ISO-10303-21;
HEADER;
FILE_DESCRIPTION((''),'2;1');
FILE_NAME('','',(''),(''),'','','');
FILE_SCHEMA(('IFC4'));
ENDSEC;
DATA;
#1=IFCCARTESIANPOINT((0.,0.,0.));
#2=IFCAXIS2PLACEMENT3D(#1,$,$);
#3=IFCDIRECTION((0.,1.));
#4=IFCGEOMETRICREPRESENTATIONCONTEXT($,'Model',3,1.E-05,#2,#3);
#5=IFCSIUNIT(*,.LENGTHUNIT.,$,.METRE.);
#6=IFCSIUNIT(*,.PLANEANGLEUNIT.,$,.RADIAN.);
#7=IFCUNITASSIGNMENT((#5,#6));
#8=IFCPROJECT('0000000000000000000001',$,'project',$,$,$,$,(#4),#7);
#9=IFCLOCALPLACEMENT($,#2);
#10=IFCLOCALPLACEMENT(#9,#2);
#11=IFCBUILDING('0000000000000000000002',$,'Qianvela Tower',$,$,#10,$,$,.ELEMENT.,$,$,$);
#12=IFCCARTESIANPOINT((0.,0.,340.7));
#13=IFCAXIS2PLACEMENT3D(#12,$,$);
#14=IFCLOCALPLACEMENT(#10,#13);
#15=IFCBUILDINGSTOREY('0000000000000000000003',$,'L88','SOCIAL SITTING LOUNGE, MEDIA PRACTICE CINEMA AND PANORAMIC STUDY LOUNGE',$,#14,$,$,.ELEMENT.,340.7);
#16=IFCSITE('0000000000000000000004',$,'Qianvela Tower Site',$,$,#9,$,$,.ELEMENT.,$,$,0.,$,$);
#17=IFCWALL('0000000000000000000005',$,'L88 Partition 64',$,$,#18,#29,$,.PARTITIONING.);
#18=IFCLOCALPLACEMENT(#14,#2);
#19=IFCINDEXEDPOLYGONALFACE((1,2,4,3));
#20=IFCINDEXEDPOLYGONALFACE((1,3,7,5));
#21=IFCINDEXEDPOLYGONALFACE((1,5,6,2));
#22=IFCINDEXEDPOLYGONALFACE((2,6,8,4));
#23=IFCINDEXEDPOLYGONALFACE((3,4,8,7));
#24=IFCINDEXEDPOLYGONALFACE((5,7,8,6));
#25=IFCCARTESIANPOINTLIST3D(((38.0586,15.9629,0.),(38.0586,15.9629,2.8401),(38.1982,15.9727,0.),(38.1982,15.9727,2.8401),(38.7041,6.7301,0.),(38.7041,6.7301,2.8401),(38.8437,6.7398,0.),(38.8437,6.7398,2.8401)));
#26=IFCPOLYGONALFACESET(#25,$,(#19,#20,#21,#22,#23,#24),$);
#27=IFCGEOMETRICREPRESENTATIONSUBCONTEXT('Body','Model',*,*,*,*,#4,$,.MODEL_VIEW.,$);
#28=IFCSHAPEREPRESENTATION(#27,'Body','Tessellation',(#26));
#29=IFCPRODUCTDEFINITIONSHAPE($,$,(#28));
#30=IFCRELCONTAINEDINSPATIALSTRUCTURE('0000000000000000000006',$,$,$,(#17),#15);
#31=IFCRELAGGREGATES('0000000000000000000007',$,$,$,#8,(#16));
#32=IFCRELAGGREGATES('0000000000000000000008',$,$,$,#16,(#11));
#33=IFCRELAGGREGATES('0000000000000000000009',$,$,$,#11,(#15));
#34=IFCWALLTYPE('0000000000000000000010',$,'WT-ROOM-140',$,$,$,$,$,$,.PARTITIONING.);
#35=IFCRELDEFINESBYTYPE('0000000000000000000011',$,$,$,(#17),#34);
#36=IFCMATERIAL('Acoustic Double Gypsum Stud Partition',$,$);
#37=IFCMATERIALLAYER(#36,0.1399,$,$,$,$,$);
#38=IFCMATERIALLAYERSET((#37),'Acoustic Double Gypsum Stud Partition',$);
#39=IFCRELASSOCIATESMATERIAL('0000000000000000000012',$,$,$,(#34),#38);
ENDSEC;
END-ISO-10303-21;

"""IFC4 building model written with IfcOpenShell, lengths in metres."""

from ifc_helpers import new_model, si_unit, direction, frame, frame_2d, origin, place, context, subcontext, project, spatial, rectangle, extrude, material, layer, layer_set, type_object, element, save


model = new_model("IFC4")

# Units and contexts
model_context = context("Model", 3, precision=1e-05, world=origin(), true_north=direction((0.0, 1.0)))
body_context = subcontext(model_context, "Body", "Model", "MODEL_VIEW")
ifc_project = project(units=[si_unit("LENGTHUNIT", "METRE"), si_unit("PLANEANGLEUNIT", "RADIAN")], contexts=[model_context])

# Site, building, storey
site_placement = place(None, origin())
site = spatial("IfcSite", under=ifc_project, at=site_placement, Name="Qianvela Tower Site", CompositionType="ELEMENT", RefElevation=0.0)
building_placement = place(site_placement, origin())
building = spatial("IfcBuilding", under=site, at=building_placement, Name="Qianvela Tower", CompositionType="ELEMENT")
storey_placement = place(building_placement, frame((0.0, 0.0, 340.7)))
storey = spatial("IfcBuildingStorey", under=building, at=storey_placement, Name="L88", Description="SOCIAL SITTING LOUNGE, MEDIA PRACTICE CINEMA AND PANORAMIC STUDY LOUNGE", CompositionType="ELEMENT", Elevation=340.7)

# Wall
ifc_material_1 = material(Name="Acoustic Double Gypsum Stud Partition")
ifc_layer_1 = layer(ifc_material_1, 0.1399)
ifc_layer_set_1 = layer_set([ifc_layer_1], Name="Acoustic Double Gypsum Stud Partition")
wall_type_1 = type_object("IfcWallType", Name="WT-ROOM-140", PredefinedType="PARTITIONING", material=ifc_layer_set_1)
wall_1_placement = place(storey_placement, frame((38.1284, 15.9678, 0.0), z_axis=(0.0, 0.0, 1.0), x_axis=(0.069744, -0.997565, 0.0)))
element("IfcWall", 1, at=wall_1_placement, inside=storey, type_object=wall_type_1, Name="L88 Partition 64", PredefinedType="PARTITIONING", context=body_context, shape_type="SweptSolid", body=[
    extrude(rectangle(XDim=9.2554, YDim=0.1399, at=frame_2d((4.6277, 0.0))), origin(), (0.0, 0.0, 1.0), 2.8401),
])

save(model, "model.ifc")
